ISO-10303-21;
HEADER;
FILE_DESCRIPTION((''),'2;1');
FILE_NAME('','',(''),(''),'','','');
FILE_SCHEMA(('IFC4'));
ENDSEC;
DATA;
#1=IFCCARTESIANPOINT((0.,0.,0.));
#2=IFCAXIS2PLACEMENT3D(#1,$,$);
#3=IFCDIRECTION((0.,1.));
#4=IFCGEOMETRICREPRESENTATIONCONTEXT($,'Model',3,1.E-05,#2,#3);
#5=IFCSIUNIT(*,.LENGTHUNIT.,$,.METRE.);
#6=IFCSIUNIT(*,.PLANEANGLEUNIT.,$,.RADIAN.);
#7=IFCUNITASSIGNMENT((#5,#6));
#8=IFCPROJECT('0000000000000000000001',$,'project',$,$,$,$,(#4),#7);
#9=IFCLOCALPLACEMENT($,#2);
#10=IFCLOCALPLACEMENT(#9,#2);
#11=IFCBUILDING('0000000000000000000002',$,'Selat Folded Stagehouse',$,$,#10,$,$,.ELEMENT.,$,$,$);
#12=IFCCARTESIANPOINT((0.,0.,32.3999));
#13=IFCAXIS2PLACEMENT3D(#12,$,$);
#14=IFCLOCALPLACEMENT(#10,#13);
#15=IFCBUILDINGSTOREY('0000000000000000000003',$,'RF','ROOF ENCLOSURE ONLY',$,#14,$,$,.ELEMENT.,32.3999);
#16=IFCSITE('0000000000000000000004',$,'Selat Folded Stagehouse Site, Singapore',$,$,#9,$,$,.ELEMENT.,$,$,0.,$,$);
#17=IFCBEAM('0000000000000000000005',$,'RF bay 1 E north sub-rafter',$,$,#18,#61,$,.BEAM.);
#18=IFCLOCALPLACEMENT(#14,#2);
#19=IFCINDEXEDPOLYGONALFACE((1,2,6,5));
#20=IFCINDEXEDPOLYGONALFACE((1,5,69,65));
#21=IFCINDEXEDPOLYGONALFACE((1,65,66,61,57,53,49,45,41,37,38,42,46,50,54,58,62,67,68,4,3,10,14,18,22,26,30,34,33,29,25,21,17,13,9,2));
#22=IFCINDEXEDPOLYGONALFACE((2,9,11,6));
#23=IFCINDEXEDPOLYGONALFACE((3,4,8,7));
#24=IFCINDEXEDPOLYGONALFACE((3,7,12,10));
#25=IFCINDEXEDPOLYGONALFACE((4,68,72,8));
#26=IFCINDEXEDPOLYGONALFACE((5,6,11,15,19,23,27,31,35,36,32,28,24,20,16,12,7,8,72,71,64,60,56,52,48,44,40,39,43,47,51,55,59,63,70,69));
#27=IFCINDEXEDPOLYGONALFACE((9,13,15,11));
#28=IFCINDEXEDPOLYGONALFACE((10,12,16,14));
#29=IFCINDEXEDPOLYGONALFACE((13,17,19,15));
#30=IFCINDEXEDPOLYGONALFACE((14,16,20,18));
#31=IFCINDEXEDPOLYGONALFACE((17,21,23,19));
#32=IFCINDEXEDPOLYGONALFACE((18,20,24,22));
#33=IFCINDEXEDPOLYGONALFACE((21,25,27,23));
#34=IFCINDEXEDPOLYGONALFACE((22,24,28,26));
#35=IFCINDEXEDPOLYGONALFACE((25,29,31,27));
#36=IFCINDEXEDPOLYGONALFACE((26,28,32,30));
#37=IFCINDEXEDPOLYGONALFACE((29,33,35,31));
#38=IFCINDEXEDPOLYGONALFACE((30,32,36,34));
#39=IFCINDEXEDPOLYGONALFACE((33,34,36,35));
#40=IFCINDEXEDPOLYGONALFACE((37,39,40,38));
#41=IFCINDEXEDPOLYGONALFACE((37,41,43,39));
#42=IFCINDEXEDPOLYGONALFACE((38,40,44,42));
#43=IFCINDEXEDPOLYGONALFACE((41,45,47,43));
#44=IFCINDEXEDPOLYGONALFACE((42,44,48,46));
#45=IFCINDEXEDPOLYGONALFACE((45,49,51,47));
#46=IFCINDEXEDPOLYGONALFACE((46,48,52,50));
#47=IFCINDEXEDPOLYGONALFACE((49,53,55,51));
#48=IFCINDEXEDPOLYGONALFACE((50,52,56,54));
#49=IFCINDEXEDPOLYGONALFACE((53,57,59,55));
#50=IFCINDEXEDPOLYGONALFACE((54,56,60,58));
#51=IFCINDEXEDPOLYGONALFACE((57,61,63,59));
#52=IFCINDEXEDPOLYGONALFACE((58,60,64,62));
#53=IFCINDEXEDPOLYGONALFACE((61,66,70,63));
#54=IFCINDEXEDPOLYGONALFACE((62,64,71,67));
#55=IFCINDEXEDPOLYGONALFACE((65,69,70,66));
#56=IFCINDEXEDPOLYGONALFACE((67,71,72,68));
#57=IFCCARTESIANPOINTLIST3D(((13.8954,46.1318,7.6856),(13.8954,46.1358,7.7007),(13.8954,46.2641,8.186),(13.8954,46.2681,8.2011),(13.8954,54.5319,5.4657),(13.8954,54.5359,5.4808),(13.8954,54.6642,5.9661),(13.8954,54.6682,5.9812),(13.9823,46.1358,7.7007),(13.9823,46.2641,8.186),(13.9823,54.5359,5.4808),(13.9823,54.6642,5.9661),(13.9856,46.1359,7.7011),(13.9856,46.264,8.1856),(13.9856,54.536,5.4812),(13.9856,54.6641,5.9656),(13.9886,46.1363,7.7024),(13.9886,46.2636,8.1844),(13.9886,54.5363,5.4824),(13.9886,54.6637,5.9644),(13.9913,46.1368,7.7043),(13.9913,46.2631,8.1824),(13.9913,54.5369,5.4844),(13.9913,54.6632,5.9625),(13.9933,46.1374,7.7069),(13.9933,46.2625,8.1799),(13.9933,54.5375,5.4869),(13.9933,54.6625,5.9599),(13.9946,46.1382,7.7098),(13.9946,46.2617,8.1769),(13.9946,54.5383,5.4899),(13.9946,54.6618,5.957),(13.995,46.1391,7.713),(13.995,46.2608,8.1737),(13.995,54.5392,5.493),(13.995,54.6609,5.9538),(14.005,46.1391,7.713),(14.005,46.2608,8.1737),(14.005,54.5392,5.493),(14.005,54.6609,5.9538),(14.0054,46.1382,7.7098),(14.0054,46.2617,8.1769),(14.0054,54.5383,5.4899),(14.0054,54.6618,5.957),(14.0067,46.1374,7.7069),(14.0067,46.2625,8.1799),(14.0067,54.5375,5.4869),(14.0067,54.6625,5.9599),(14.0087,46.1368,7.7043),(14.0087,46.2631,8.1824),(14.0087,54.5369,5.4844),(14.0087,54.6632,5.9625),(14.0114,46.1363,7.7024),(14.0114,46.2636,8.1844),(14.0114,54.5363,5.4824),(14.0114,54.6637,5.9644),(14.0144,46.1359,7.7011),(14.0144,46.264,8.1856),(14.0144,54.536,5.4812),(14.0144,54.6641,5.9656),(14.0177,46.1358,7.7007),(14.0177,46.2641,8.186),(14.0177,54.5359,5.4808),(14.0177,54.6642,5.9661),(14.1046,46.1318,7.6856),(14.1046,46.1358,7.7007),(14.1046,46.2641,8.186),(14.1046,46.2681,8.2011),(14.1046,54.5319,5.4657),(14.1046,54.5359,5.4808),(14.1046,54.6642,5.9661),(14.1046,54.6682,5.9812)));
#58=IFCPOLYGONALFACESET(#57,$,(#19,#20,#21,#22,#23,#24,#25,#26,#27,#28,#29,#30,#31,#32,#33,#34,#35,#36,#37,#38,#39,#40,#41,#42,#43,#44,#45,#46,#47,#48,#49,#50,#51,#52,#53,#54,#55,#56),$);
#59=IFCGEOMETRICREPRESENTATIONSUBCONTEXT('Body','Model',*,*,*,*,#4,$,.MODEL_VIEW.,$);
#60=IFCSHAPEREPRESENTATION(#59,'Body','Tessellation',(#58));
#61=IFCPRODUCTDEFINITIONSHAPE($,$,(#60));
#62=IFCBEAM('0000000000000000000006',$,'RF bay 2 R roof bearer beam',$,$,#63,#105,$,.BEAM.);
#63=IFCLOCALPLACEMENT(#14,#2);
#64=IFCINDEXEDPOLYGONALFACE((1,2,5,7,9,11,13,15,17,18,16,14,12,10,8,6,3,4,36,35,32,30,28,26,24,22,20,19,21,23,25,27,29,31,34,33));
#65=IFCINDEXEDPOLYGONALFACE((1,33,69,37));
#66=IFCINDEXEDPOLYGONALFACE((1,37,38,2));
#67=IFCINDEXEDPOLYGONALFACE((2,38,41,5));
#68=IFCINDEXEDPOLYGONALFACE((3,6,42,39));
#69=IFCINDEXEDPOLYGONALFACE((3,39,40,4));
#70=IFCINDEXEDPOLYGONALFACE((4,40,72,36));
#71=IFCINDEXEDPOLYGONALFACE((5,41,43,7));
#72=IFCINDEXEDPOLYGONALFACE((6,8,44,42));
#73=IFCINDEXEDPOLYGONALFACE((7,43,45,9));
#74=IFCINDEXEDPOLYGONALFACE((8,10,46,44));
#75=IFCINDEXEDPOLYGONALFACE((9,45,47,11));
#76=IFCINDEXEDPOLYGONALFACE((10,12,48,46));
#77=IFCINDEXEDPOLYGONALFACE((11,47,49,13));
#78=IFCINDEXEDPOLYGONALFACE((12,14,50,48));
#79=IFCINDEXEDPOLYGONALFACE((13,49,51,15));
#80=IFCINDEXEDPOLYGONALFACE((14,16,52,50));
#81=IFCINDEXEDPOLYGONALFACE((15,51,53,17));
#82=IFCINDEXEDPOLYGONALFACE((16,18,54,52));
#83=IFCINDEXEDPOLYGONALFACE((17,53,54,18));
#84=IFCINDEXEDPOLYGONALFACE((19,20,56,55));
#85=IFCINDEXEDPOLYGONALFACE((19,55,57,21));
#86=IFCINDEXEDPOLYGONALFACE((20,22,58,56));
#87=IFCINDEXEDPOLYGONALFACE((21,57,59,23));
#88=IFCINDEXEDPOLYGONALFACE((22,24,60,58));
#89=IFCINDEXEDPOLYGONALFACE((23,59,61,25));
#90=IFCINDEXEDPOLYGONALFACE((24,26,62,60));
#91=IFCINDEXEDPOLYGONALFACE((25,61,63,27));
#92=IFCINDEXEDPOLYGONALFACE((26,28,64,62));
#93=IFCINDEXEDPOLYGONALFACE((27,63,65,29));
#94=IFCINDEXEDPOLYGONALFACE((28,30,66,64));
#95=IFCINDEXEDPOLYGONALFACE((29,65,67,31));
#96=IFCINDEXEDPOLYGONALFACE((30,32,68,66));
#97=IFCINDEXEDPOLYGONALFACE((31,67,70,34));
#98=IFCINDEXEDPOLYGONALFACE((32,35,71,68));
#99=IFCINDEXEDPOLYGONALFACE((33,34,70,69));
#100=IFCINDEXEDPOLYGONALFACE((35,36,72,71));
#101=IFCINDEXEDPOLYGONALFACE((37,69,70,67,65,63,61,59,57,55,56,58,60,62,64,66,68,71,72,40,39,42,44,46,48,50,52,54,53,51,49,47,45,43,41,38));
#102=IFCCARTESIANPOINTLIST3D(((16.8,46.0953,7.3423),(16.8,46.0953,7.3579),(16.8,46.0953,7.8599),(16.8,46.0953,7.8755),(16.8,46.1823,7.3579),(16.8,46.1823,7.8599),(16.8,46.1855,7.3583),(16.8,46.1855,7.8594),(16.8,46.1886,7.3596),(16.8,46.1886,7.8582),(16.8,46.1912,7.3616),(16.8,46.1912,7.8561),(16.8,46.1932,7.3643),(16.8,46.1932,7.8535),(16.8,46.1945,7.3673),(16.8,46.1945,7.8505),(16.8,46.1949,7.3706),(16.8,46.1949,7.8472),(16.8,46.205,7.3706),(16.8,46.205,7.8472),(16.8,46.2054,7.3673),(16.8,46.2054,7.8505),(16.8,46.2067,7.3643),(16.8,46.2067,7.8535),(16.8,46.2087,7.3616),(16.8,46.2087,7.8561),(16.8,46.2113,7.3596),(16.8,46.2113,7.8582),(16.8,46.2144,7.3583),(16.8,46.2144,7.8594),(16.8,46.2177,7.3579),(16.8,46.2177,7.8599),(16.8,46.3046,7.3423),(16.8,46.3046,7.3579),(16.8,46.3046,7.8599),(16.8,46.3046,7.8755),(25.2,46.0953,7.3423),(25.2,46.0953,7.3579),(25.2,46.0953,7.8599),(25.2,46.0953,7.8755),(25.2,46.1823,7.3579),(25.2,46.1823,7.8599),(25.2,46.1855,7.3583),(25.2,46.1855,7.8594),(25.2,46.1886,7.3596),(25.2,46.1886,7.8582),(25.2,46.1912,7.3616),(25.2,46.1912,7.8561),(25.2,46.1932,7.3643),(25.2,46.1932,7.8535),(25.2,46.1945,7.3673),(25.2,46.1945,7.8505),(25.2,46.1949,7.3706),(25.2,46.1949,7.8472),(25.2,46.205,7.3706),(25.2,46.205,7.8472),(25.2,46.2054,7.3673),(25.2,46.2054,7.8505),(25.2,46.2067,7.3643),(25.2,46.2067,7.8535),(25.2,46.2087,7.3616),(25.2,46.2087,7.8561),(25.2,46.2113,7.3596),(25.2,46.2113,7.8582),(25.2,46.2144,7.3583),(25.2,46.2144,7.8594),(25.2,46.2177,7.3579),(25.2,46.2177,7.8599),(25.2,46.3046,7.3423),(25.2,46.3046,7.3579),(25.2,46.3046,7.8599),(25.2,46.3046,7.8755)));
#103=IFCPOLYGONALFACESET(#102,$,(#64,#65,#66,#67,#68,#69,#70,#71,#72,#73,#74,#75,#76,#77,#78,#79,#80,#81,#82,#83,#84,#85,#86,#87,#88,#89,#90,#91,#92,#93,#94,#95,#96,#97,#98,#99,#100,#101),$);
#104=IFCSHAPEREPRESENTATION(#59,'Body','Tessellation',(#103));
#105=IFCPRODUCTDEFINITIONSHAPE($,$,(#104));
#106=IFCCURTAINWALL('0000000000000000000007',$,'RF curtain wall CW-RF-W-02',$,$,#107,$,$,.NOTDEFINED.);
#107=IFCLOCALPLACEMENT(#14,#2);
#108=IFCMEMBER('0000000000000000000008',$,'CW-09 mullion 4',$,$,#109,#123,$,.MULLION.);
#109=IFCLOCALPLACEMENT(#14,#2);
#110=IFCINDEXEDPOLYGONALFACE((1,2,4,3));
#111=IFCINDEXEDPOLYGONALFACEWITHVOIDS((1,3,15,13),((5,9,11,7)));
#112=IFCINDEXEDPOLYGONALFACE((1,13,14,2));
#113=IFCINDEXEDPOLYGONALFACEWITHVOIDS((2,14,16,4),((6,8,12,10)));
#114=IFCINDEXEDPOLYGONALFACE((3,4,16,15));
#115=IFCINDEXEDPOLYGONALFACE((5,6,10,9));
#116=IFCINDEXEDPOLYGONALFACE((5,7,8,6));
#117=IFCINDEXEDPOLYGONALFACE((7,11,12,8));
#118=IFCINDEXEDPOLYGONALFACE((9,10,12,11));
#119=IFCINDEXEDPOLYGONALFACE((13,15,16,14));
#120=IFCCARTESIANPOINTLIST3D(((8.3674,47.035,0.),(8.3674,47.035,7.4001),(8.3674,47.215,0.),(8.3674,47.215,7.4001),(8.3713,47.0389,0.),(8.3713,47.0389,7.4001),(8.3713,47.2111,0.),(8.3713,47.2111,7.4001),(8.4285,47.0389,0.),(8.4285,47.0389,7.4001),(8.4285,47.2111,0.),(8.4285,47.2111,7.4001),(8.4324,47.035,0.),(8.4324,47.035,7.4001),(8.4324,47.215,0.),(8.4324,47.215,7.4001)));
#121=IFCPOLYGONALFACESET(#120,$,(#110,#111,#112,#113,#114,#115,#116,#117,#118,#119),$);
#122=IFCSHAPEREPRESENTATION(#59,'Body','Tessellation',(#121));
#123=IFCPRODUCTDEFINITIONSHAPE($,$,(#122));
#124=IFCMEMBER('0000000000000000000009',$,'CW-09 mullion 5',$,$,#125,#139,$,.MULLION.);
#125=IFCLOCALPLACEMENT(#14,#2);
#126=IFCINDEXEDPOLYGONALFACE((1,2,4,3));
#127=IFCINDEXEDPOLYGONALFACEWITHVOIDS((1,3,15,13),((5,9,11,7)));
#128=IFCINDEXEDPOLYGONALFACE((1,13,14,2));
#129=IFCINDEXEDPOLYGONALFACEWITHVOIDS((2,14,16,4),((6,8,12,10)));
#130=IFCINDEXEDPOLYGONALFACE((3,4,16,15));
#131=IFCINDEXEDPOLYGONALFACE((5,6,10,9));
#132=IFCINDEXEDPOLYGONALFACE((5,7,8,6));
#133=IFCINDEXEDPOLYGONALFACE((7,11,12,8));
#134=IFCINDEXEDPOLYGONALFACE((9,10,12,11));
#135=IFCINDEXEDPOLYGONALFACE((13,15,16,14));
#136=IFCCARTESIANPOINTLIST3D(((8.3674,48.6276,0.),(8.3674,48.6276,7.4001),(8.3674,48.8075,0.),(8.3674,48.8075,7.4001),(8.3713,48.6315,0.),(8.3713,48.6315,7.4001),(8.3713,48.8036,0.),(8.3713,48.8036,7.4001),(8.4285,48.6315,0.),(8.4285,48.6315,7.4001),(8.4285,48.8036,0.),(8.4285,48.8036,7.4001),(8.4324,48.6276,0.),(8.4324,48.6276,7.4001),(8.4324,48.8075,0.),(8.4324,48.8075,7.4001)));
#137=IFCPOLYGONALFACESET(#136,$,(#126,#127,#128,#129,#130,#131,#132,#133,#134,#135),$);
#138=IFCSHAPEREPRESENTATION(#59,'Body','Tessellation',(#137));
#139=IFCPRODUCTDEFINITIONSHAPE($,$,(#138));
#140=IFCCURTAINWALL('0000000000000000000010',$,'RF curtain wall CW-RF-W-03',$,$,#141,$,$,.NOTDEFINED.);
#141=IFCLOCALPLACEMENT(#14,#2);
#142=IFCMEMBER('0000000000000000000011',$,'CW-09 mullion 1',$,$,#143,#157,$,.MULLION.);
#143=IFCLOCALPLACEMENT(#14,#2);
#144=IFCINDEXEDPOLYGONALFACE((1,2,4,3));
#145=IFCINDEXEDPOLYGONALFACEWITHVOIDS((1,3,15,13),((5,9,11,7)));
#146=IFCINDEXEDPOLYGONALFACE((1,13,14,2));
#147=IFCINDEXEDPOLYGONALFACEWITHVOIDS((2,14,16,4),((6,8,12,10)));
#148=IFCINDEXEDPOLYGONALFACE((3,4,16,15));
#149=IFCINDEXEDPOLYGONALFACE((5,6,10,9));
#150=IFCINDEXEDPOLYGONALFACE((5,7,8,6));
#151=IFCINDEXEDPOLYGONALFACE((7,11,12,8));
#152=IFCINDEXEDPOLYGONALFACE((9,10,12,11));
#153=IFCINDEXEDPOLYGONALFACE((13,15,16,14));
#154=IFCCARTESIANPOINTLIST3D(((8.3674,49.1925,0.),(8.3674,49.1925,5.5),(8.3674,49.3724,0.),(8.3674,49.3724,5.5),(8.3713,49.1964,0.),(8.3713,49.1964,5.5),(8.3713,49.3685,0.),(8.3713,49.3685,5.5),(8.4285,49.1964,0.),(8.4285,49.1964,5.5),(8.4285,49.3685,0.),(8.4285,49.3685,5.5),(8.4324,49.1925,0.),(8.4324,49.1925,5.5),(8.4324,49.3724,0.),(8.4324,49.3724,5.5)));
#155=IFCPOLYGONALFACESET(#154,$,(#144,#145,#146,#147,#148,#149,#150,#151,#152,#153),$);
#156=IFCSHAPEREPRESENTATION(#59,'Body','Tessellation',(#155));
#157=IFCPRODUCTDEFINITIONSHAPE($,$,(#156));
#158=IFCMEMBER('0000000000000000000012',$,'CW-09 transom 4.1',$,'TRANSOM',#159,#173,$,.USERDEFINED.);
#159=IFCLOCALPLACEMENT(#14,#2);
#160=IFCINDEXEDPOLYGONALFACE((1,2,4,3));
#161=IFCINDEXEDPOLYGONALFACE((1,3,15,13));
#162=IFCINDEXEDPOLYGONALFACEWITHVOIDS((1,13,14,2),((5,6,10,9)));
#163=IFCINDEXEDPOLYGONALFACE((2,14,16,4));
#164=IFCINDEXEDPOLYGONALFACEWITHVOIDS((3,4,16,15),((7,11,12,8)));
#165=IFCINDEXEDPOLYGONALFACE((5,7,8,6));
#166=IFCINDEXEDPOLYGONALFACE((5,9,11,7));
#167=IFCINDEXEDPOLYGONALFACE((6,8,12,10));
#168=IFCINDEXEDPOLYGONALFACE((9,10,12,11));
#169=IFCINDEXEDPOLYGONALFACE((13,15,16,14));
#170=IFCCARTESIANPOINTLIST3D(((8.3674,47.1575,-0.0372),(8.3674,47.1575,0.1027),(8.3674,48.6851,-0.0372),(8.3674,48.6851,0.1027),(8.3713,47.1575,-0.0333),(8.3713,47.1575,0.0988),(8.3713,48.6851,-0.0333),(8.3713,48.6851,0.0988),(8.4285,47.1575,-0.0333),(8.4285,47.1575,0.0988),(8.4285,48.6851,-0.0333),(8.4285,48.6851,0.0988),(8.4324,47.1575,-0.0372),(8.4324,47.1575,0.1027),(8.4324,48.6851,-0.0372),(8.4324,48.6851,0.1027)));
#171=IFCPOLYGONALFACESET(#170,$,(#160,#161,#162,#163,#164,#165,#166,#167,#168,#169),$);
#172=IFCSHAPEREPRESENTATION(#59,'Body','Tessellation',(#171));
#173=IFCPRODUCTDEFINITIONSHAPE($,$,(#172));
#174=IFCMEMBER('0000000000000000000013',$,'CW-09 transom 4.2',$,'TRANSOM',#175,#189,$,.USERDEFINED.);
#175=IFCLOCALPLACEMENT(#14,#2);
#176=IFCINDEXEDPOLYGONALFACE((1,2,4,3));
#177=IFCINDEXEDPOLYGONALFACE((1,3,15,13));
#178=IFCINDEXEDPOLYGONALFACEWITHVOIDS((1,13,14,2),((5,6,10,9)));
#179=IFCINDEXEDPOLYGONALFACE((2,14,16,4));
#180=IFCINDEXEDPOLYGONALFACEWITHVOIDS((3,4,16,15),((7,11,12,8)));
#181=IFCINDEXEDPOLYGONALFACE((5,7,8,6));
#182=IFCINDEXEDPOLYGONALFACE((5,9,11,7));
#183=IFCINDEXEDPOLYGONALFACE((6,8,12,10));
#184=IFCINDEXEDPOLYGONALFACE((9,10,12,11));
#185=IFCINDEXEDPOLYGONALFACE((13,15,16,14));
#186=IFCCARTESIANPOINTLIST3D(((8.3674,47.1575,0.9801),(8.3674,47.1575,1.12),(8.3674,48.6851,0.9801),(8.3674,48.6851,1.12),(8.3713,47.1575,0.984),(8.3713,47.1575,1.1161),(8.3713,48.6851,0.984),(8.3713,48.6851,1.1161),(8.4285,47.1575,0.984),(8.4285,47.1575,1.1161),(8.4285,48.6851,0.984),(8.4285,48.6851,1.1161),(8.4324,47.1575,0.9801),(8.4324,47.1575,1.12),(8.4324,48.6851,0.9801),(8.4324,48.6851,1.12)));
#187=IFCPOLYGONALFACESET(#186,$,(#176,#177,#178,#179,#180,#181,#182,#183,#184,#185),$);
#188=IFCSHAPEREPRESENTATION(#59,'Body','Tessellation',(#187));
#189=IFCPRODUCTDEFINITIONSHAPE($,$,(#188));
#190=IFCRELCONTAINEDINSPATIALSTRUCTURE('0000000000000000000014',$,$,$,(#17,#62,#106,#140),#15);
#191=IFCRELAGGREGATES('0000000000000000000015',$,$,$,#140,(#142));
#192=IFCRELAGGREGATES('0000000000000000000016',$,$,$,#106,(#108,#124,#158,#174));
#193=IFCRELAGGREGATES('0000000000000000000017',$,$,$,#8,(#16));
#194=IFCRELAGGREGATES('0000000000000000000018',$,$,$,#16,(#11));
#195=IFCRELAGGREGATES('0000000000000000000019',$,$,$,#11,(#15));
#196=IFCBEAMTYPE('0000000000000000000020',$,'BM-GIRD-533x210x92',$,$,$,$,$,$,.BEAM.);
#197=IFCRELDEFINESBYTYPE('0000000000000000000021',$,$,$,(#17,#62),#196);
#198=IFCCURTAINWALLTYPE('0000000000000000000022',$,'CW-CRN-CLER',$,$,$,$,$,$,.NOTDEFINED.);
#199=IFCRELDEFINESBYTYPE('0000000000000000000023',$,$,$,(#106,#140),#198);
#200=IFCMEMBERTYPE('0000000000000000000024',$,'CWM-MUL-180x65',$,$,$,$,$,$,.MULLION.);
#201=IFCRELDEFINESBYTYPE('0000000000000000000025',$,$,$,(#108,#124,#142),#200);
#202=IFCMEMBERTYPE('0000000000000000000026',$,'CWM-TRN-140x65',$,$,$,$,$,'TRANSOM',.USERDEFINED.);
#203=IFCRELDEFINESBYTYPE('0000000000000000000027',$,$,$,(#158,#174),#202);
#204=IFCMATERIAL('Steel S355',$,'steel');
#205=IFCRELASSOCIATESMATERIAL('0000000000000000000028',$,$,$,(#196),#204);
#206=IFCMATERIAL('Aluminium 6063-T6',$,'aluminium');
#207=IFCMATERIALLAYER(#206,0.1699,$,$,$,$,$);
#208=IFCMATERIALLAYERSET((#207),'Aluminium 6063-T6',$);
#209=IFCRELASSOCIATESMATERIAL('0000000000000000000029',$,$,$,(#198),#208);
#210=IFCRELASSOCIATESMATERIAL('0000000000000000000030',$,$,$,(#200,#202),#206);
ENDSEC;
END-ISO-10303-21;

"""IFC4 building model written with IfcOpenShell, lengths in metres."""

from ifc_helpers import new_model, si_unit, direction, frame, origin, origin_2d, place, context, subcontext, project, spatial, hollow_rectangle, i_section, extrude, material, layer, layer_set, material_profile, profile_set, type_object, element, aggregate, save


model = new_model("IFC4")

# Units and contexts
model_context = context("Model", 3, precision=1e-05, world=origin(), true_north=direction((0.0, 1.0)))
body_context = subcontext(model_context, "Body", "Model", "MODEL_VIEW")
ifc_project = project(units=[si_unit("LENGTHUNIT", "METRE"), si_unit("PLANEANGLEUNIT", "RADIAN")], contexts=[model_context])

# Site, building, storey
site_placement = place(None, origin())
site = spatial("IfcSite", under=ifc_project, at=site_placement, Name="Selat Folded Stagehouse Site, Singapore", CompositionType="ELEMENT", RefElevation=0.0)
building_placement = place(site_placement, origin())
building = spatial("IfcBuilding", under=site, at=building_placement, Name="Selat Folded Stagehouse", CompositionType="ELEMENT")
storey_placement = place(building_placement, frame((0.0, 0.0, 32.3999)))
storey = spatial("IfcBuildingStorey", under=building, at=storey_placement, Name="RF", Description="ROOF ENCLOSURE ONLY", CompositionType="ELEMENT", Elevation=32.3999)

# Beams
ifc_material_1 = material(Name="Steel S355", Category="steel")
ifc_material_profile_1 = material_profile(ifc_material_1, i_section(OverallWidth=0.2092, OverallDepth=0.5332, WebThickness=0.01, FlangeThickness=0.0156, FilletRadius=0.0127, at=origin_2d()), Name="UKB 533x210x92")
ifc_profile_set_1 = profile_set([ifc_material_profile_1], Name="Steel S355")
beam_type_1 = type_object("IfcBeamType", Name="BM-GIRD-533x210x92", PredefinedType="BEAM", material=ifc_profile_set_1)
for number, where, z_axis, x_axis, name in (
    (1, (14.0, 46.2, 7.9434), (0.0, 0.966808, -0.255506), (-1.0, 0.0, 0.0), "RF bay 1 E north sub-rafter"),
):
    element("IfcBeam", number, at=place(storey_placement, frame(where, z_axis=z_axis, x_axis=x_axis)), inside=storey, type_object=beam_type_1, Name=name, PredefinedType="BEAM", context=body_context, shape_type="SweptSolid", body=[
        extrude(i_section(OverallWidth=0.2092, OverallDepth=0.5332, WebThickness=0.01, FlangeThickness=0.0156, FilletRadius=0.0127, at=origin_2d()), origin(), (0.0, 0.0, 1.0), 8.6885),
    ])
beam_1_placement = place(storey_placement, frame((16.8, 46.2, 7.6089), z_axis=(1.0, 0.0, 0.0), x_axis=(0.0, 1.0, 0.0)))
element("IfcBeam", 2, at=beam_1_placement, inside=storey, type_object=beam_type_1, Name="RF bay 2 R roof bearer beam", PredefinedType="BEAM", context=body_context, shape_type="SweptSolid", body=[
    extrude(i_section(OverallWidth=0.2092, OverallDepth=0.5332, WebThickness=0.01, FlangeThickness=0.0156, FilletRadius=0.0127, at=origin_2d()), origin(), (0.0, 0.0, 1.0), 8.3999),
])

# Curtain wall, members
ifc_material_2 = material(Name="Aluminium 6063-T6", Category="aluminium")
ifc_layer_1 = layer(ifc_material_2, 0.1699)
ifc_layer_set_1 = layer_set([ifc_layer_1], Name="Aluminium 6063-T6")
curtain_wall_type = type_object("IfcCurtainWallType", Name="CW-CRN-CLER", PredefinedType="NOTDEFINED", material=ifc_layer_set_1)
curtain_wall_1_placement = place(storey_placement, origin())
curtain_wall_1 = element("IfcCurtainWall", 3, at=curtain_wall_1_placement, inside=storey, type_object=curtain_wall_type, Name="RF curtain wall CW-RF-W-02", PredefinedType="NOTDEFINED")
ifc_material_profile_2 = material_profile(ifc_material_2, hollow_rectangle(XDim=0.0649, YDim=0.1799, WallThickness=0.0039, at=origin_2d()), Name="ALU 180x65x4.0")
ifc_profile_set_2 = profile_set([ifc_material_profile_2], Name="Aluminium 6063-T6")
member_type_1 = type_object("IfcMemberType", Name="CWM-MUL-180x65", PredefinedType="MULLION", material=ifc_profile_set_2)
member_1_placement = place(storey_placement, frame((8.3999, 47.125, 0.0), z_axis=(0.0, 0.0, 1.0), x_axis=(-1.0, 0.0, 0.0)))
member_1 = element("IfcMember", 4, at=member_1_placement, type_object=member_type_1, Name="CW-09 mullion 4", PredefinedType="MULLION", context=body_context, shape_type="SweptSolid", body=[
    extrude(hollow_rectangle(XDim=0.0649, YDim=0.1799, WallThickness=0.0039, at=origin_2d()), origin(), (0.0, 0.0, 1.0), 7.4001),
])
member_2_placement = place(storey_placement, frame((8.3999, 48.7175, 0.0), z_axis=(0.0, 0.0, 1.0), x_axis=(-1.0, 0.0, 0.0)))
member_2 = element("IfcMember", 5, at=member_2_placement, type_object=member_type_1, Name="CW-09 mullion 5", PredefinedType="MULLION", context=body_context, shape_type="SweptSolid", body=[
    extrude(hollow_rectangle(XDim=0.0649, YDim=0.1799, WallThickness=0.0039, at=origin_2d()), origin(), (0.0, 0.0, 1.0), 7.4001),
])

# Curtain wall, member
curtain_wall_2_placement = place(storey_placement, origin())
curtain_wall_2 = element("IfcCurtainWall", 6, at=curtain_wall_2_placement, inside=storey, type_object=curtain_wall_type, Name="RF curtain wall CW-RF-W-03", PredefinedType="NOTDEFINED")
member_3_placement = place(storey_placement, frame((8.3999, 49.2825, 0.0), z_axis=(0.0, 0.0, 1.0), x_axis=(-1.0, 0.0, 0.0)))
member_3 = element("IfcMember", 7, at=member_3_placement, type_object=member_type_1, Name="CW-09 mullion 1", PredefinedType="MULLION", context=body_context, shape_type="SweptSolid", body=[
    extrude(hollow_rectangle(XDim=0.0649, YDim=0.1799, WallThickness=0.0039, at=origin_2d()), origin(), (0.0, 0.0, 1.0), 5.5),
])

# Members
ifc_material_profile_3 = material_profile(ifc_material_2, hollow_rectangle(XDim=0.0649, YDim=0.1399, WallThickness=0.0039, at=origin_2d()), Name="ALU 140x65x4.0")
ifc_profile_set_3 = profile_set([ifc_material_profile_3], Name="Aluminium 6063-T6")
member_type_2 = type_object("IfcMemberType", Name="CWM-TRN-140x65", ElementType="TRANSOM", PredefinedType="USERDEFINED", material=ifc_profile_set_3)
member_4_placement = place(storey_placement, frame((8.3999, 47.1575, 0.0327), z_axis=(0.0, 1.0, 0.0), x_axis=(-1.0, 0.0, 0.0)))
member_4 = element("IfcMember", 8, at=member_4_placement, type_object=member_type_2, Name="CW-09 transom 4.1", ObjectType="TRANSOM", PredefinedType="USERDEFINED", context=body_context, shape_type="SweptSolid", body=[
    extrude(hollow_rectangle(XDim=0.0649, YDim=0.1399, WallThickness=0.0039, at=origin_2d()), origin(), (0.0, 0.0, 1.0), 1.5276),
])
member_5_placement = place(storey_placement, frame((8.3999, 47.1575, 1.05), z_axis=(0.0, 1.0, 0.0), x_axis=(-1.0, 0.0, 0.0)))
member_5 = element("IfcMember", 9, at=member_5_placement, type_object=member_type_2, Name="CW-09 transom 4.2", ObjectType="TRANSOM", PredefinedType="USERDEFINED", context=body_context, shape_type="SweptSolid", body=[
    extrude(hollow_rectangle(XDim=0.0649, YDim=0.1399, WallThickness=0.0039, at=origin_2d()), origin(), (0.0, 0.0, 1.0), 1.5276),
])
aggregate(curtain_wall_2, [member_3])

aggregate(curtain_wall_1, [member_1, member_2, member_4, member_5])

save(model, "model.ifc")
